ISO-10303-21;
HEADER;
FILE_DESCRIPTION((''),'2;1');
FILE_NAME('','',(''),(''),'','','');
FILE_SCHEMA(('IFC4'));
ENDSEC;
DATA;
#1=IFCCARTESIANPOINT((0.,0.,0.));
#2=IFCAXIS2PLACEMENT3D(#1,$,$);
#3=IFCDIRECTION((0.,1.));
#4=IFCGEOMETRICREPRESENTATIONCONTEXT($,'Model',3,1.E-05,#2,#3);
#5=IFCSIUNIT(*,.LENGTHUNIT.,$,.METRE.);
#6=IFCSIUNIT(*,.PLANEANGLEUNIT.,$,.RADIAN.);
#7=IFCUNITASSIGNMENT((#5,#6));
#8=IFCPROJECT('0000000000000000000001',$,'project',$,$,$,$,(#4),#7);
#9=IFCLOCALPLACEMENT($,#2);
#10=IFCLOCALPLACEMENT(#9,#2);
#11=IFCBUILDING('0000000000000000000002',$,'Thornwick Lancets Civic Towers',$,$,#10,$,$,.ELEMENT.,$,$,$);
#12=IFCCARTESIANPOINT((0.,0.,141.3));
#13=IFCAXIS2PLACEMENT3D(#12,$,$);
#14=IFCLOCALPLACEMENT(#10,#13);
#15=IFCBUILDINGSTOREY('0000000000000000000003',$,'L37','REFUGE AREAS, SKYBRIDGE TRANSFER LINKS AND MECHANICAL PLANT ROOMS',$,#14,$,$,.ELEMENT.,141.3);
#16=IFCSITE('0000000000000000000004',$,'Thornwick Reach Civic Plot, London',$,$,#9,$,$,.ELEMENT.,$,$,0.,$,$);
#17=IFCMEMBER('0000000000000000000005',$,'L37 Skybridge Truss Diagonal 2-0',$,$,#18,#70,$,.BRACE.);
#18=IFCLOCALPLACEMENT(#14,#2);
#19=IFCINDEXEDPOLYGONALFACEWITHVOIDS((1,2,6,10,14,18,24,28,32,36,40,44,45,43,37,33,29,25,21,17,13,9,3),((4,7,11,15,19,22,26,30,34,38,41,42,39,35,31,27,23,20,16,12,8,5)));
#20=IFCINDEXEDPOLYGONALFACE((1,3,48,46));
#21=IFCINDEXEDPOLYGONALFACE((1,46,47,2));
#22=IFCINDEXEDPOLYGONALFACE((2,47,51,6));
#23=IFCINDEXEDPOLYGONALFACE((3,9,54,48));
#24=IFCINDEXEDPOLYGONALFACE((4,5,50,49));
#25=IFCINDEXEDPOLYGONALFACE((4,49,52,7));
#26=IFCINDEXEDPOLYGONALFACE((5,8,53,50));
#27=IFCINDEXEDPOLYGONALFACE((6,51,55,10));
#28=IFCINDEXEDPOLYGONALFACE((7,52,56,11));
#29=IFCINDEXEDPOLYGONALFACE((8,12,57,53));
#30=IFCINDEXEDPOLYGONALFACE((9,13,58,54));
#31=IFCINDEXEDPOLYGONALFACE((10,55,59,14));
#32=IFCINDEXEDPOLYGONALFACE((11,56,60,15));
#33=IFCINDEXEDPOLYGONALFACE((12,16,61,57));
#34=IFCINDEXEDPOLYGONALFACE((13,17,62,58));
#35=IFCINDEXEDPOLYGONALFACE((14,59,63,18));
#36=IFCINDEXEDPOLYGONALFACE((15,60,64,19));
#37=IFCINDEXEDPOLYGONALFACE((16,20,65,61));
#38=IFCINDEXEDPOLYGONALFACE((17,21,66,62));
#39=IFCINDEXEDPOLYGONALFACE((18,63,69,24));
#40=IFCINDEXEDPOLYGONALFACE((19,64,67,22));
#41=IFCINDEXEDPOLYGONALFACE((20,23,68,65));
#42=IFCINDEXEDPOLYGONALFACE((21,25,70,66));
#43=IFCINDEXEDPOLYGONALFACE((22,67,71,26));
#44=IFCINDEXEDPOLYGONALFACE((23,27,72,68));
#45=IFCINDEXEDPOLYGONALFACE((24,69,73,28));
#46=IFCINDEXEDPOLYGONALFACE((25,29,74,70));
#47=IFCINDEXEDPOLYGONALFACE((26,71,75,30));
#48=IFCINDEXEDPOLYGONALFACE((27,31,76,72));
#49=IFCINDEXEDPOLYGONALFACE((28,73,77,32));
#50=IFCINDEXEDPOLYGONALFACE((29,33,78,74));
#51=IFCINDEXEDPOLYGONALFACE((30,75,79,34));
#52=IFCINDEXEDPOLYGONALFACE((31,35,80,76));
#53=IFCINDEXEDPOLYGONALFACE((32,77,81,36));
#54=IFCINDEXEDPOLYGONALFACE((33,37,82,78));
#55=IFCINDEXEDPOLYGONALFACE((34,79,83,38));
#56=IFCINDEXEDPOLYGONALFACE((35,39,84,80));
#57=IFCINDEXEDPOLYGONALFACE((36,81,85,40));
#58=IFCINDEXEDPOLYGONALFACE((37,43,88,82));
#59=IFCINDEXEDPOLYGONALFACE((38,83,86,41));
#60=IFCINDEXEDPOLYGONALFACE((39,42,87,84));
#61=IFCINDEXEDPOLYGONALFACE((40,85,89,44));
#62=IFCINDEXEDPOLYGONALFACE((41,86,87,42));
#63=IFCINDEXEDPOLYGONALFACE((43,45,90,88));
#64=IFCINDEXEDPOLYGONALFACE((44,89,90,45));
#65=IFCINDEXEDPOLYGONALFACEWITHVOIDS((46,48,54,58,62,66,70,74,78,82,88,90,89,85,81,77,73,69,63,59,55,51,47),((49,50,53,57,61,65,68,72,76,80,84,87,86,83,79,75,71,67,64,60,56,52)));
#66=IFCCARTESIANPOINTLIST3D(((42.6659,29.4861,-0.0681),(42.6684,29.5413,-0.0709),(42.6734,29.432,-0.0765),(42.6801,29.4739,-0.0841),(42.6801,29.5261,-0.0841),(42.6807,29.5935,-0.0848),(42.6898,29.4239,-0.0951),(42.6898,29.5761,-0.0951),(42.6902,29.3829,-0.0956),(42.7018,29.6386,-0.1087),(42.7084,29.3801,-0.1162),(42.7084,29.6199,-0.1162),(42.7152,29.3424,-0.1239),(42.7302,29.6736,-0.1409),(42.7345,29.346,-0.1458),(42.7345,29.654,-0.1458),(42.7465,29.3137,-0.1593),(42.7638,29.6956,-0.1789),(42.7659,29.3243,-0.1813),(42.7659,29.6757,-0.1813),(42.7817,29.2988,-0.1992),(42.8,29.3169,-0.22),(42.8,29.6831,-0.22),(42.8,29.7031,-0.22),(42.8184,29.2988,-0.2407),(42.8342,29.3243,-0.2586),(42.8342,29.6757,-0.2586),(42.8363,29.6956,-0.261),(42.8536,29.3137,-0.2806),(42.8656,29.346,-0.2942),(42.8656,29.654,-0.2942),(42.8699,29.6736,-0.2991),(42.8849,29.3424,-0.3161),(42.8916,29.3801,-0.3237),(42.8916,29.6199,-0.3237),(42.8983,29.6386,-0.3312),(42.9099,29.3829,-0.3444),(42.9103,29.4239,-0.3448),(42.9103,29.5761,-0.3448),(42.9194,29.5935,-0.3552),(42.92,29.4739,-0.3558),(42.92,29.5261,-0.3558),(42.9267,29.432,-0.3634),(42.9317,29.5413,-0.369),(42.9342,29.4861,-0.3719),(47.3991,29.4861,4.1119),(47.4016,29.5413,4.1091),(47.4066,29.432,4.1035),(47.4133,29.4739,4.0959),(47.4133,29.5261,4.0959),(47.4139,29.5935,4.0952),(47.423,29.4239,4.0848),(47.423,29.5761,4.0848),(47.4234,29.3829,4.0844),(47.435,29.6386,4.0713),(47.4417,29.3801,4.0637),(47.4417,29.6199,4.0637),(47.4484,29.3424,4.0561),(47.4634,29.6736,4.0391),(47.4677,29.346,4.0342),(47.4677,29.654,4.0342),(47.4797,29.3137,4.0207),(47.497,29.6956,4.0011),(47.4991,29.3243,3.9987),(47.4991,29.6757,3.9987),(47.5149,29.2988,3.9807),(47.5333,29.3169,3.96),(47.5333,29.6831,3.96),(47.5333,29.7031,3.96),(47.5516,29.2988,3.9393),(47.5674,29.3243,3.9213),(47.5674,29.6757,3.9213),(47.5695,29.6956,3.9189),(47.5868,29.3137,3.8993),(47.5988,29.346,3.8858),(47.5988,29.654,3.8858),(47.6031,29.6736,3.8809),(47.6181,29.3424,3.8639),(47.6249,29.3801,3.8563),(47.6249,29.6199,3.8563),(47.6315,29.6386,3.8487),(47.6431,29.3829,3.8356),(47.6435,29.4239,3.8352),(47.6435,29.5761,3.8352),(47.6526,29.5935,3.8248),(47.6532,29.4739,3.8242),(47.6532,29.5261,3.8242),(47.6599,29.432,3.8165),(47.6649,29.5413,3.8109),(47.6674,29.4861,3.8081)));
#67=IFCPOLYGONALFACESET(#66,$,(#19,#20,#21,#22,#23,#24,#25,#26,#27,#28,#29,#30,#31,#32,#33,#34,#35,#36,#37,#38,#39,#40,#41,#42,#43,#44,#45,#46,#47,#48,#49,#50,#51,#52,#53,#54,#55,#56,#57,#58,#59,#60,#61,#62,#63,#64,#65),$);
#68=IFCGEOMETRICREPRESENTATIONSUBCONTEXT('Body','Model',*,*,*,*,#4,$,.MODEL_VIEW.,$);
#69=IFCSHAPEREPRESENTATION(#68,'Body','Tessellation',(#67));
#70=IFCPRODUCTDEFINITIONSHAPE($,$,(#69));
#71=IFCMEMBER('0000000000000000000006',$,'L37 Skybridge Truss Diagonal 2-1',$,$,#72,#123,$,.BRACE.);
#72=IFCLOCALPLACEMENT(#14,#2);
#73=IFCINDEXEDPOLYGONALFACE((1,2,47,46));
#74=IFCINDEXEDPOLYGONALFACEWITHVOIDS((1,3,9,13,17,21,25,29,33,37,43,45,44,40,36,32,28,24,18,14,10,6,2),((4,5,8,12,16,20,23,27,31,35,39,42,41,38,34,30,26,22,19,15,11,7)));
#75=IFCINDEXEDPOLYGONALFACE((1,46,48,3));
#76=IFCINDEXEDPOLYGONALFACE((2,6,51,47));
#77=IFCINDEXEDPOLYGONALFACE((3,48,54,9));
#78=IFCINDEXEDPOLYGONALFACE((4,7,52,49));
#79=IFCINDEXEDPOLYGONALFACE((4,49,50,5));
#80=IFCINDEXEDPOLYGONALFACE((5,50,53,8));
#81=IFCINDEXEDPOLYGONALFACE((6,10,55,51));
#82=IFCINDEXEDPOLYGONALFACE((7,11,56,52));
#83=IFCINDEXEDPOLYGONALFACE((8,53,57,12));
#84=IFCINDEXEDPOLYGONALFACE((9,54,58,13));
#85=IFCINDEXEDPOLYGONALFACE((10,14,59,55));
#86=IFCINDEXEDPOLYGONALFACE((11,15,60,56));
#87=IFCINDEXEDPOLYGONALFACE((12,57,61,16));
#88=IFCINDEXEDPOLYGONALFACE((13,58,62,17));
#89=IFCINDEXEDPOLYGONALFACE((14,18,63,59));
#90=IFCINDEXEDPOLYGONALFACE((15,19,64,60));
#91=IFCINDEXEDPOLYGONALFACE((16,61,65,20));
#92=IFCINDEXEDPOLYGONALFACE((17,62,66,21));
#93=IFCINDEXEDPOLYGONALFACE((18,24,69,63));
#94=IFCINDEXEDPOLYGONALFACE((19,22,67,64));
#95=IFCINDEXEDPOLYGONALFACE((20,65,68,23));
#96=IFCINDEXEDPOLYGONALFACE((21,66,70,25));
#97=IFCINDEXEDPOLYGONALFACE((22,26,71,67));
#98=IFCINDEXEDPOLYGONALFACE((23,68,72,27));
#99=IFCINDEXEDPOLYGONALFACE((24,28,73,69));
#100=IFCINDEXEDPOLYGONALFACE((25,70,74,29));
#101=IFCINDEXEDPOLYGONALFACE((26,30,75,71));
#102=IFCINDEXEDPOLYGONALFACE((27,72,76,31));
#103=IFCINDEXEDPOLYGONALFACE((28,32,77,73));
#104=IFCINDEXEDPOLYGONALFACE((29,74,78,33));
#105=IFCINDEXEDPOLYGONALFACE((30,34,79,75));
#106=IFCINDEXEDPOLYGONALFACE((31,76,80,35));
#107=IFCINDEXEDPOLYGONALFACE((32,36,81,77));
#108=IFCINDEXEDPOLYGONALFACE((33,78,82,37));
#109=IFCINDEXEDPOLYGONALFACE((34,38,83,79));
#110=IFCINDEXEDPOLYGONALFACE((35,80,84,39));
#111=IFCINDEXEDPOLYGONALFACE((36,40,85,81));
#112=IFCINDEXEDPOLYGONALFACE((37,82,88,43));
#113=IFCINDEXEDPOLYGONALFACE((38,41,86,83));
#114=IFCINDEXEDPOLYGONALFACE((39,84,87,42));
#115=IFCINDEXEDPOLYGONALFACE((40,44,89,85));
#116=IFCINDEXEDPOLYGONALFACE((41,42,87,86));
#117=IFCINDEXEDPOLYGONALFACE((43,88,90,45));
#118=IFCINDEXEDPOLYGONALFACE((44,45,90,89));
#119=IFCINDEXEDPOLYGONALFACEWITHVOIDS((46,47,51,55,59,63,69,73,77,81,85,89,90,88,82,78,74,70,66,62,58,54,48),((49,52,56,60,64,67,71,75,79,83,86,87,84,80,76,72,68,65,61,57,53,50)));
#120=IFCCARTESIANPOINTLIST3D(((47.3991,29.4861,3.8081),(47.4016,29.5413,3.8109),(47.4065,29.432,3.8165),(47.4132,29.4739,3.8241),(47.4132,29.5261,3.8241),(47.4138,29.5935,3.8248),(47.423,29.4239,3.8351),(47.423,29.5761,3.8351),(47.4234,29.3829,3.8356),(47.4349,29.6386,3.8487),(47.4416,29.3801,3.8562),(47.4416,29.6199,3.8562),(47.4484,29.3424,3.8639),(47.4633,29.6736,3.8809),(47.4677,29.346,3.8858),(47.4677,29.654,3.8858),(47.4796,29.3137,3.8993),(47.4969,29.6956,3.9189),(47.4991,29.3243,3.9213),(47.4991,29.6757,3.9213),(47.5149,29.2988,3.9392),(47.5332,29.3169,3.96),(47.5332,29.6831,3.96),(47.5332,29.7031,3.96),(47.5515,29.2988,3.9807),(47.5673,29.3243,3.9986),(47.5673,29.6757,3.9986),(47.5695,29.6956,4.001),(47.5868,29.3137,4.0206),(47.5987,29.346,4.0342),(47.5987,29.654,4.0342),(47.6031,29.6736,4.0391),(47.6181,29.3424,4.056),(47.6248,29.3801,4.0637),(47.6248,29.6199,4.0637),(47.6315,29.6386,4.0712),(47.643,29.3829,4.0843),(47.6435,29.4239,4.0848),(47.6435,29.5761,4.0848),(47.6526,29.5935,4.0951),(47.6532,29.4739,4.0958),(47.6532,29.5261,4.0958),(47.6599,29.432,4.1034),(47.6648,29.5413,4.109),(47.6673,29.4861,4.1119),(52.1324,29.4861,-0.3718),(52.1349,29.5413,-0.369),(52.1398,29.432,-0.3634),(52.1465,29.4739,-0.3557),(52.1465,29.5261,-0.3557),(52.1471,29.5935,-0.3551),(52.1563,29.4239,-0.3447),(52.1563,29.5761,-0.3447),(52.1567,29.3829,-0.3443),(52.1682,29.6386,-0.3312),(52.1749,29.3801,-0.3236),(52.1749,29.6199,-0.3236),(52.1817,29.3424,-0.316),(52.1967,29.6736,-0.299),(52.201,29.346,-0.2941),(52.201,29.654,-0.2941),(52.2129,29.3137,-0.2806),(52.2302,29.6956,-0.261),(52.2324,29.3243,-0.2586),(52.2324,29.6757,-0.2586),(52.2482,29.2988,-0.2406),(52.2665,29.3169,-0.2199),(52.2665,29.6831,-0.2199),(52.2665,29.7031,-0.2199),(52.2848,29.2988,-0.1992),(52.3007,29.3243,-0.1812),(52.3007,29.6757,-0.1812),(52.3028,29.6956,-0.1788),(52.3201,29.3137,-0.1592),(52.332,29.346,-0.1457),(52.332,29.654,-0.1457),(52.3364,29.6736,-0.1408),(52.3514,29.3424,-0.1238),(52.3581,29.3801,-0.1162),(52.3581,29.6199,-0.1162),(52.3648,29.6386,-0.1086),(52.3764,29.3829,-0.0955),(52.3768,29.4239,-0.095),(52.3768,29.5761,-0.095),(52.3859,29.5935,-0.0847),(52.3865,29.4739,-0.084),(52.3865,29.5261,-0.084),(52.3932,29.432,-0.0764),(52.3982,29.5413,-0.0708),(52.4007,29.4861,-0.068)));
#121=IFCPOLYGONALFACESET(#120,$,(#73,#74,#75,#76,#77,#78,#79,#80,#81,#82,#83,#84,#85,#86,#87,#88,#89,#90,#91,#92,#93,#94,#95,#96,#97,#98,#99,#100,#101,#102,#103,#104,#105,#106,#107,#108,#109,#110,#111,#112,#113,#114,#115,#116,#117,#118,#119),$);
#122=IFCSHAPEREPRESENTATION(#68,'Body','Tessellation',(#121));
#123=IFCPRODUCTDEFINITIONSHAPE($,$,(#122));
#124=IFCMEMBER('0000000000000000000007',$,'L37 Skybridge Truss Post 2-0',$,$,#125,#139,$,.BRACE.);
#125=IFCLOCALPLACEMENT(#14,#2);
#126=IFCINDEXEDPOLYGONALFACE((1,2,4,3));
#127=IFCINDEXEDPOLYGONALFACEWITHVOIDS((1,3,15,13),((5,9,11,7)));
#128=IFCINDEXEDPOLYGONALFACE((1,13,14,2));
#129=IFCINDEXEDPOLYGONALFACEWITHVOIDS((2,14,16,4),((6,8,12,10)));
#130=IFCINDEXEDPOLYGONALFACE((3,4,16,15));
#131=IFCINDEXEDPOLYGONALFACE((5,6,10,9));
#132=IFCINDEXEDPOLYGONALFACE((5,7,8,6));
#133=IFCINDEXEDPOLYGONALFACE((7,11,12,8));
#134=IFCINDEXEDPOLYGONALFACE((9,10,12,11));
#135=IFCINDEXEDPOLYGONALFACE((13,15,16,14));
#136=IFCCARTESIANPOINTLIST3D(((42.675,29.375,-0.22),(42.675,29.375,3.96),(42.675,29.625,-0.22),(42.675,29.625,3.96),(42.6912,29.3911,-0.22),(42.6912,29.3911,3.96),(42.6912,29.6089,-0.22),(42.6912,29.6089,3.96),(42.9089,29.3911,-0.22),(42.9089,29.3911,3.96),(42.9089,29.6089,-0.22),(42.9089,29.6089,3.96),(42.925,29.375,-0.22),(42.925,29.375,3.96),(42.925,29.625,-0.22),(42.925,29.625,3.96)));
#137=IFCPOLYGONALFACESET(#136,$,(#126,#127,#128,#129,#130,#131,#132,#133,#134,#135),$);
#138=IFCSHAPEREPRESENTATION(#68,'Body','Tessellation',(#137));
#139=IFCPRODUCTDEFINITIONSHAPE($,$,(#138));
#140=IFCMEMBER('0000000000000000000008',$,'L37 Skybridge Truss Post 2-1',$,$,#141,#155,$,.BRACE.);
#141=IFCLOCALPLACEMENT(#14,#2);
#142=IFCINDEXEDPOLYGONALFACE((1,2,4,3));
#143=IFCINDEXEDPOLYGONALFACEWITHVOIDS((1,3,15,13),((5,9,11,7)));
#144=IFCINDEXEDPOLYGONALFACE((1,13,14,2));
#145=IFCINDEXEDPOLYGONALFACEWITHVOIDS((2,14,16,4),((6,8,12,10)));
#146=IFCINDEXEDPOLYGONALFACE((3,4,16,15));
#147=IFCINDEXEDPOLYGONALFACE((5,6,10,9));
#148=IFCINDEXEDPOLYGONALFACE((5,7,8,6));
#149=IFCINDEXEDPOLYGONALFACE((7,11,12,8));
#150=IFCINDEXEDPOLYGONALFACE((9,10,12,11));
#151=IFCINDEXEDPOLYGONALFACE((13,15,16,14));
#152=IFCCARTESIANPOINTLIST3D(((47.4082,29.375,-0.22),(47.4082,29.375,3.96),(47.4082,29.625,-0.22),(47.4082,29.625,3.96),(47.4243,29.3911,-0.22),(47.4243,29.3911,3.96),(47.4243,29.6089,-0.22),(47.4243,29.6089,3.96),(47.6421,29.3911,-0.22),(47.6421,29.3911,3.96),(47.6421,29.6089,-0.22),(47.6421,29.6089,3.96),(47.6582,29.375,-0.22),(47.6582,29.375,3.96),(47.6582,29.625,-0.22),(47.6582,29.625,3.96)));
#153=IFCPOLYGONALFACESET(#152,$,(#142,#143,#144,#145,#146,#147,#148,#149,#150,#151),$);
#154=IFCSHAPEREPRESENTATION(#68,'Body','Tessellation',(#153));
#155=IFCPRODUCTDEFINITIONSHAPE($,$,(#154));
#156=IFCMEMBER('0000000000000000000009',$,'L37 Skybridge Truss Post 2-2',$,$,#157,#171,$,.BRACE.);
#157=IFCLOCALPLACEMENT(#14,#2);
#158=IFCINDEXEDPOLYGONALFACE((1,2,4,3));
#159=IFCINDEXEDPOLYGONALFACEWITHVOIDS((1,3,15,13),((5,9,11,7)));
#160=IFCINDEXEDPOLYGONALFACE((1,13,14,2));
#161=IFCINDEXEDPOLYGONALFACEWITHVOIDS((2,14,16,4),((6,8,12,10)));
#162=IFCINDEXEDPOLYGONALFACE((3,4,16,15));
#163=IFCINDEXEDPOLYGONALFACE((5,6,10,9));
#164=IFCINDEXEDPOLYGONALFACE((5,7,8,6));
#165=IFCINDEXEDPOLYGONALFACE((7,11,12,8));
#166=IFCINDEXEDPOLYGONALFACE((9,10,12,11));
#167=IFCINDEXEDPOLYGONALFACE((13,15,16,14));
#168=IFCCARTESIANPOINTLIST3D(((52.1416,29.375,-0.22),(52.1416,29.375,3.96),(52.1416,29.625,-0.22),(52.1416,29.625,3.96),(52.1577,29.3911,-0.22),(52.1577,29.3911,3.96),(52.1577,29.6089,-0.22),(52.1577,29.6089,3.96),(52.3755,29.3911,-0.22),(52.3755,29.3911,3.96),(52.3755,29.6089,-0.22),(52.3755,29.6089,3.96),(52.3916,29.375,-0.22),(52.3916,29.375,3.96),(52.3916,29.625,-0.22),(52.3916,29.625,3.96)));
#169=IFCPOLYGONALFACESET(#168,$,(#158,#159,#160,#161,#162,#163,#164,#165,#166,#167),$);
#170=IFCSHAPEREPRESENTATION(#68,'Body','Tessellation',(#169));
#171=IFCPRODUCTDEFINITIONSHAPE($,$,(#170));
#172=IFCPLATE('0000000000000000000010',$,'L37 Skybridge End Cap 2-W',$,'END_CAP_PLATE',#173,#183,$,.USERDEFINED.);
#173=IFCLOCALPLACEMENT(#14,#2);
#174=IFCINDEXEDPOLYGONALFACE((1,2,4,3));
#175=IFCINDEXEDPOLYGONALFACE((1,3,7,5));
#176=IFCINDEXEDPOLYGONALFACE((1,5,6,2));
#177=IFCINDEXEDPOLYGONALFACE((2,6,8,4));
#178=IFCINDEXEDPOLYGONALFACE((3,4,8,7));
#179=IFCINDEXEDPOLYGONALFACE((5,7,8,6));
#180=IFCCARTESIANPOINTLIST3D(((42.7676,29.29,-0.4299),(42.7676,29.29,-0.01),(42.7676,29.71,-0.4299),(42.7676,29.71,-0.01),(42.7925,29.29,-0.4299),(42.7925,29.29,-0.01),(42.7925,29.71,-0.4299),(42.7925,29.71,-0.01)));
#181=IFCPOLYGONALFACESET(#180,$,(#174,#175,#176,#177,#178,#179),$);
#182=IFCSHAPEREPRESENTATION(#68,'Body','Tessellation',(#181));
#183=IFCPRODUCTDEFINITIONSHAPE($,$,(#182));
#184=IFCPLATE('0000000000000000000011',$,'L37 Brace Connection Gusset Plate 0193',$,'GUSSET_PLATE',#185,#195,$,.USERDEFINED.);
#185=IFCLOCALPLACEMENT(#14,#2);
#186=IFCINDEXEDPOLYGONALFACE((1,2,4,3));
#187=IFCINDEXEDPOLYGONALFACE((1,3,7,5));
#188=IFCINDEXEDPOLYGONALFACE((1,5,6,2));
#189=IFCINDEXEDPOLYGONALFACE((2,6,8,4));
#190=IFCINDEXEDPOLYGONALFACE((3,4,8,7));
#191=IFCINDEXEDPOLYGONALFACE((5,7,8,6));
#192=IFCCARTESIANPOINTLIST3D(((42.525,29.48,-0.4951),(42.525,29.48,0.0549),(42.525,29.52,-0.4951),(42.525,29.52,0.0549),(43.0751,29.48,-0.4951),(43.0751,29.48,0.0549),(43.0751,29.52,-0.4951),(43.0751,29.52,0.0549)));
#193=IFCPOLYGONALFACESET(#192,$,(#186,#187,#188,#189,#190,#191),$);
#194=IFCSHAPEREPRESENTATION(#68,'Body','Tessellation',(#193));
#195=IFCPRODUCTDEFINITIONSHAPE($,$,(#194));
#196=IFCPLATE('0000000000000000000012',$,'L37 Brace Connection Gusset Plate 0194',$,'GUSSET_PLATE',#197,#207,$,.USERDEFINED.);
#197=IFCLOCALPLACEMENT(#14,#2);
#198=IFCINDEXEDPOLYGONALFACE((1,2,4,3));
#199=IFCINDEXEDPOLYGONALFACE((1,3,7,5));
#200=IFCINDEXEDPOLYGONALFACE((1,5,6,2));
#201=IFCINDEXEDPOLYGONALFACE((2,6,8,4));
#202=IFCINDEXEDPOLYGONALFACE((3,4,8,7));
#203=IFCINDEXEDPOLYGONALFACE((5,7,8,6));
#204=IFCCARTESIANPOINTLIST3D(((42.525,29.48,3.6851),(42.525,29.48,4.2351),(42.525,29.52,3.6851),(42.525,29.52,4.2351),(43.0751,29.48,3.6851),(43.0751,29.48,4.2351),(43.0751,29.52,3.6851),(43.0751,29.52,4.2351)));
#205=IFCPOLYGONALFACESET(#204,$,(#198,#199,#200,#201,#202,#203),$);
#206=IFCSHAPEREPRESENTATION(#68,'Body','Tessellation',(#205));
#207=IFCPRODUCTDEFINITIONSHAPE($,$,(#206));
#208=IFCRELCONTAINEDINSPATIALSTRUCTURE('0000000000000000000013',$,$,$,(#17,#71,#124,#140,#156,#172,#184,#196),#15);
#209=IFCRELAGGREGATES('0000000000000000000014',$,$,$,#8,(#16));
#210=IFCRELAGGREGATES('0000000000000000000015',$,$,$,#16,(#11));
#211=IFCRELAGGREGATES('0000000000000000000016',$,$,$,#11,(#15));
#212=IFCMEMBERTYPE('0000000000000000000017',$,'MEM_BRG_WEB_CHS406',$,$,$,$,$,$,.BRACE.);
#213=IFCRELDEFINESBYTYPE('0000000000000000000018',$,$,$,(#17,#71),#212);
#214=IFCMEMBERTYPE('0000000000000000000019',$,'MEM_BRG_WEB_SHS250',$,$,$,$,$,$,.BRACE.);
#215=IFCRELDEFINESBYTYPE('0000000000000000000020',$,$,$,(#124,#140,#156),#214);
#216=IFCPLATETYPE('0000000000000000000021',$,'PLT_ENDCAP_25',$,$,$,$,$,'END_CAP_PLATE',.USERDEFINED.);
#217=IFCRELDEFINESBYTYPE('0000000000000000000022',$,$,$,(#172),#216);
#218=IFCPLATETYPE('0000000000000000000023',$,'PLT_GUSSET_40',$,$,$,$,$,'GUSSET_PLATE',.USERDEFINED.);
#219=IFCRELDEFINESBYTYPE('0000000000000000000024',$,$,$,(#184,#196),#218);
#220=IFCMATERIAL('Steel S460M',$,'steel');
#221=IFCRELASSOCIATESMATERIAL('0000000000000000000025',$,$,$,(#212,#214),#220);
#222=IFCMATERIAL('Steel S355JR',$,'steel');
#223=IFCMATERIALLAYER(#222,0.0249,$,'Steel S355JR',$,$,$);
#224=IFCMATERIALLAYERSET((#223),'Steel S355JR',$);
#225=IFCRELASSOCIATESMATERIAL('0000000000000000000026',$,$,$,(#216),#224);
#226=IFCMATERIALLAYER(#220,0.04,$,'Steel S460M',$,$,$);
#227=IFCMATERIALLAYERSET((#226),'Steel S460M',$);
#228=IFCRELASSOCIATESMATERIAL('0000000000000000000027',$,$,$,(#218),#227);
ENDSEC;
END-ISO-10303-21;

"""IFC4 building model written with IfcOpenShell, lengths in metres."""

from ifc_helpers import new_model, si_unit, direction, frame, origin, origin_2d, place, context, subcontext, project, spatial, rectangle, hollow_rectangle, hollow_circle, extrude, material, layer, layer_set, material_profile, profile_set, type_object, element, save


model = new_model("IFC4")

# Units and contexts
model_context = context("Model", 3, precision=1e-05, world=origin(), true_north=direction((0.0, 1.0)))
body_context = subcontext(model_context, "Body", "Model", "MODEL_VIEW")
ifc_project = project(units=[si_unit("LENGTHUNIT", "METRE"), si_unit("PLANEANGLEUNIT", "RADIAN")], contexts=[model_context])

# Site, building, storey
site_placement = place(None, origin())
site = spatial("IfcSite", under=ifc_project, at=site_placement, Name="Thornwick Reach Civic Plot, London", CompositionType="ELEMENT", RefElevation=0.0)
building_placement = place(site_placement, origin())
building = spatial("IfcBuilding", under=site, at=building_placement, Name="Thornwick Lancets Civic Towers", CompositionType="ELEMENT")
storey_placement = place(building_placement, frame((0.0, 0.0, 141.3)))
storey = spatial("IfcBuildingStorey", under=building, at=storey_placement, Name="L37", Description="REFUGE AREAS, SKYBRIDGE TRANSFER LINKS AND MECHANICAL PLANT ROOMS", CompositionType="ELEMENT", Elevation=141.3)

# Shared definitions
ifc_material_1 = material(Name="Steel S355JR", Category="steel")
ifc_material_2 = material(Name="Steel S460M", Category="steel")

# Members
ifc_material_profile_1 = material_profile(ifc_material_2, hollow_circle(Radius=0.2031, WallThickness=0.02, at=origin_2d()), Name="CHS 406.4x20")
ifc_profile_set_1 = profile_set([ifc_material_profile_1], Name="Steel S460M")
member_type_1 = type_object("IfcMemberType", Name="MEM_BRG_WEB_CHS406", PredefinedType="BRACE", material=ifc_profile_set_1)
for number, where, z_axis, x_axis, name in (
    (1, (42.8, 29.5, -0.22), (0.749553, 0.0, 0.661944), (0.0, 1.0, 0.0), "L37 Skybridge Truss Diagonal 2-0"),
    (2, (47.5332, 29.5, 3.96), (0.74957, 0.0, -0.661925), (0.0, 1.0, 0.0), "L37 Skybridge Truss Diagonal 2-1"),
):
    element("IfcMember", number, at=place(storey_placement, frame(where, z_axis=z_axis, x_axis=x_axis)), inside=storey, type_object=member_type_1, Name=name, PredefinedType="BRACE", context=body_context, shape_type="SweptSolid", body=[
        extrude(hollow_circle(Radius=0.2031, WallThickness=0.02, at=origin_2d()), origin(), (0.0, 0.0, 1.0), 6.3147),
    ])
ifc_material_profile_2 = material_profile(ifc_material_2, hollow_rectangle(XDim=0.25, YDim=0.25, WallThickness=0.0161, at=origin_2d()), Name="SHS 250x250x16")
ifc_profile_set_2 = profile_set([ifc_material_profile_2], Name="Steel S460M")
member_type_2 = type_object("IfcMemberType", Name="MEM_BRG_WEB_SHS250", PredefinedType="BRACE", material=ifc_profile_set_2)
for number, where, z_axis, x_axis, name in (
    (3, (42.8, 29.5, -0.22), (0.0, 0.0, 1.0), (1.0, 0.0, 0.0), "L37 Skybridge Truss Post 2-0"),
    (4, (47.5332, 29.5, -0.22), (0.0, 0.0, 1.0), (1.0, 0.0, 0.0), "L37 Skybridge Truss Post 2-1"),
    (5, (52.2666, 29.5, -0.22), (0.0, 0.0, 1.0), (1.0, 0.0, 0.0), "L37 Skybridge Truss Post 2-2"),
):
    element("IfcMember", number, at=place(storey_placement, frame(where, z_axis=z_axis, x_axis=x_axis)), inside=storey, type_object=member_type_2, Name=name, PredefinedType="BRACE", context=body_context, shape_type="SweptSolid", body=[
        extrude(hollow_rectangle(XDim=0.25, YDim=0.25, WallThickness=0.0161, at=origin_2d()), origin(), (0.0, 0.0, 1.0), 4.1799),
    ])

# Plates
ifc_layer_1 = layer(ifc_material_1, 0.0249, Name="Steel S355JR")
ifc_layer_set_1 = layer_set([ifc_layer_1], Name="Steel S355JR")
plate_type_1 = type_object("IfcPlateType", Name="PLT_ENDCAP_25", ElementType="END_CAP_PLATE", PredefinedType="USERDEFINED", material=ifc_layer_set_1)
plate_1_placement = place(storey_placement, frame((42.78, 29.5, -0.4299), z_axis=(0.0, 0.0, 1.0), x_axis=(1.0, 0.0, 0.0)))
element("IfcPlate", 6, at=plate_1_placement, inside=storey, type_object=plate_type_1, Name="L37 Skybridge End Cap 2-W", ObjectType="END_CAP_PLATE", PredefinedType="USERDEFINED", context=body_context, shape_type="SweptSolid", body=[
    extrude(rectangle(XDim=0.0249, YDim=0.4199, at=origin_2d()), origin(), (0.0, 0.0, 1.0), 0.4199),
])
ifc_layer_2 = layer(ifc_material_2, 0.04, Name="Steel S460M")
ifc_layer_set_2 = layer_set([ifc_layer_2], Name="Steel S460M")
plate_type_2 = type_object("IfcPlateType", Name="PLT_GUSSET_40", ElementType="GUSSET_PLATE", PredefinedType="USERDEFINED", material=ifc_layer_set_2)
for number, where, z_axis, x_axis, name in (
    (7, (42.8, 29.5, -0.4951), (0.0, 0.0, 1.0), (1.0, 0.0, 0.0), "L37 Brace Connection Gusset Plate 0193"),
    (8, (42.8, 29.5, 3.6851), (0.0, 0.0, 1.0), (1.0, 0.0, 0.0), "L37 Brace Connection Gusset Plate 0194"),
):
    element("IfcPlate", number, at=place(storey_placement, frame(where, z_axis=z_axis, x_axis=x_axis)), inside=storey, type_object=plate_type_2, Name=name, ObjectType="GUSSET_PLATE", PredefinedType="USERDEFINED", context=body_context, shape_type="SweptSolid", body=[
        extrude(rectangle(XDim=0.55, YDim=0.04, at=origin_2d()), origin(), (0.0, 0.0, 1.0), 0.55),
    ])

save(model, "model.ifc")
